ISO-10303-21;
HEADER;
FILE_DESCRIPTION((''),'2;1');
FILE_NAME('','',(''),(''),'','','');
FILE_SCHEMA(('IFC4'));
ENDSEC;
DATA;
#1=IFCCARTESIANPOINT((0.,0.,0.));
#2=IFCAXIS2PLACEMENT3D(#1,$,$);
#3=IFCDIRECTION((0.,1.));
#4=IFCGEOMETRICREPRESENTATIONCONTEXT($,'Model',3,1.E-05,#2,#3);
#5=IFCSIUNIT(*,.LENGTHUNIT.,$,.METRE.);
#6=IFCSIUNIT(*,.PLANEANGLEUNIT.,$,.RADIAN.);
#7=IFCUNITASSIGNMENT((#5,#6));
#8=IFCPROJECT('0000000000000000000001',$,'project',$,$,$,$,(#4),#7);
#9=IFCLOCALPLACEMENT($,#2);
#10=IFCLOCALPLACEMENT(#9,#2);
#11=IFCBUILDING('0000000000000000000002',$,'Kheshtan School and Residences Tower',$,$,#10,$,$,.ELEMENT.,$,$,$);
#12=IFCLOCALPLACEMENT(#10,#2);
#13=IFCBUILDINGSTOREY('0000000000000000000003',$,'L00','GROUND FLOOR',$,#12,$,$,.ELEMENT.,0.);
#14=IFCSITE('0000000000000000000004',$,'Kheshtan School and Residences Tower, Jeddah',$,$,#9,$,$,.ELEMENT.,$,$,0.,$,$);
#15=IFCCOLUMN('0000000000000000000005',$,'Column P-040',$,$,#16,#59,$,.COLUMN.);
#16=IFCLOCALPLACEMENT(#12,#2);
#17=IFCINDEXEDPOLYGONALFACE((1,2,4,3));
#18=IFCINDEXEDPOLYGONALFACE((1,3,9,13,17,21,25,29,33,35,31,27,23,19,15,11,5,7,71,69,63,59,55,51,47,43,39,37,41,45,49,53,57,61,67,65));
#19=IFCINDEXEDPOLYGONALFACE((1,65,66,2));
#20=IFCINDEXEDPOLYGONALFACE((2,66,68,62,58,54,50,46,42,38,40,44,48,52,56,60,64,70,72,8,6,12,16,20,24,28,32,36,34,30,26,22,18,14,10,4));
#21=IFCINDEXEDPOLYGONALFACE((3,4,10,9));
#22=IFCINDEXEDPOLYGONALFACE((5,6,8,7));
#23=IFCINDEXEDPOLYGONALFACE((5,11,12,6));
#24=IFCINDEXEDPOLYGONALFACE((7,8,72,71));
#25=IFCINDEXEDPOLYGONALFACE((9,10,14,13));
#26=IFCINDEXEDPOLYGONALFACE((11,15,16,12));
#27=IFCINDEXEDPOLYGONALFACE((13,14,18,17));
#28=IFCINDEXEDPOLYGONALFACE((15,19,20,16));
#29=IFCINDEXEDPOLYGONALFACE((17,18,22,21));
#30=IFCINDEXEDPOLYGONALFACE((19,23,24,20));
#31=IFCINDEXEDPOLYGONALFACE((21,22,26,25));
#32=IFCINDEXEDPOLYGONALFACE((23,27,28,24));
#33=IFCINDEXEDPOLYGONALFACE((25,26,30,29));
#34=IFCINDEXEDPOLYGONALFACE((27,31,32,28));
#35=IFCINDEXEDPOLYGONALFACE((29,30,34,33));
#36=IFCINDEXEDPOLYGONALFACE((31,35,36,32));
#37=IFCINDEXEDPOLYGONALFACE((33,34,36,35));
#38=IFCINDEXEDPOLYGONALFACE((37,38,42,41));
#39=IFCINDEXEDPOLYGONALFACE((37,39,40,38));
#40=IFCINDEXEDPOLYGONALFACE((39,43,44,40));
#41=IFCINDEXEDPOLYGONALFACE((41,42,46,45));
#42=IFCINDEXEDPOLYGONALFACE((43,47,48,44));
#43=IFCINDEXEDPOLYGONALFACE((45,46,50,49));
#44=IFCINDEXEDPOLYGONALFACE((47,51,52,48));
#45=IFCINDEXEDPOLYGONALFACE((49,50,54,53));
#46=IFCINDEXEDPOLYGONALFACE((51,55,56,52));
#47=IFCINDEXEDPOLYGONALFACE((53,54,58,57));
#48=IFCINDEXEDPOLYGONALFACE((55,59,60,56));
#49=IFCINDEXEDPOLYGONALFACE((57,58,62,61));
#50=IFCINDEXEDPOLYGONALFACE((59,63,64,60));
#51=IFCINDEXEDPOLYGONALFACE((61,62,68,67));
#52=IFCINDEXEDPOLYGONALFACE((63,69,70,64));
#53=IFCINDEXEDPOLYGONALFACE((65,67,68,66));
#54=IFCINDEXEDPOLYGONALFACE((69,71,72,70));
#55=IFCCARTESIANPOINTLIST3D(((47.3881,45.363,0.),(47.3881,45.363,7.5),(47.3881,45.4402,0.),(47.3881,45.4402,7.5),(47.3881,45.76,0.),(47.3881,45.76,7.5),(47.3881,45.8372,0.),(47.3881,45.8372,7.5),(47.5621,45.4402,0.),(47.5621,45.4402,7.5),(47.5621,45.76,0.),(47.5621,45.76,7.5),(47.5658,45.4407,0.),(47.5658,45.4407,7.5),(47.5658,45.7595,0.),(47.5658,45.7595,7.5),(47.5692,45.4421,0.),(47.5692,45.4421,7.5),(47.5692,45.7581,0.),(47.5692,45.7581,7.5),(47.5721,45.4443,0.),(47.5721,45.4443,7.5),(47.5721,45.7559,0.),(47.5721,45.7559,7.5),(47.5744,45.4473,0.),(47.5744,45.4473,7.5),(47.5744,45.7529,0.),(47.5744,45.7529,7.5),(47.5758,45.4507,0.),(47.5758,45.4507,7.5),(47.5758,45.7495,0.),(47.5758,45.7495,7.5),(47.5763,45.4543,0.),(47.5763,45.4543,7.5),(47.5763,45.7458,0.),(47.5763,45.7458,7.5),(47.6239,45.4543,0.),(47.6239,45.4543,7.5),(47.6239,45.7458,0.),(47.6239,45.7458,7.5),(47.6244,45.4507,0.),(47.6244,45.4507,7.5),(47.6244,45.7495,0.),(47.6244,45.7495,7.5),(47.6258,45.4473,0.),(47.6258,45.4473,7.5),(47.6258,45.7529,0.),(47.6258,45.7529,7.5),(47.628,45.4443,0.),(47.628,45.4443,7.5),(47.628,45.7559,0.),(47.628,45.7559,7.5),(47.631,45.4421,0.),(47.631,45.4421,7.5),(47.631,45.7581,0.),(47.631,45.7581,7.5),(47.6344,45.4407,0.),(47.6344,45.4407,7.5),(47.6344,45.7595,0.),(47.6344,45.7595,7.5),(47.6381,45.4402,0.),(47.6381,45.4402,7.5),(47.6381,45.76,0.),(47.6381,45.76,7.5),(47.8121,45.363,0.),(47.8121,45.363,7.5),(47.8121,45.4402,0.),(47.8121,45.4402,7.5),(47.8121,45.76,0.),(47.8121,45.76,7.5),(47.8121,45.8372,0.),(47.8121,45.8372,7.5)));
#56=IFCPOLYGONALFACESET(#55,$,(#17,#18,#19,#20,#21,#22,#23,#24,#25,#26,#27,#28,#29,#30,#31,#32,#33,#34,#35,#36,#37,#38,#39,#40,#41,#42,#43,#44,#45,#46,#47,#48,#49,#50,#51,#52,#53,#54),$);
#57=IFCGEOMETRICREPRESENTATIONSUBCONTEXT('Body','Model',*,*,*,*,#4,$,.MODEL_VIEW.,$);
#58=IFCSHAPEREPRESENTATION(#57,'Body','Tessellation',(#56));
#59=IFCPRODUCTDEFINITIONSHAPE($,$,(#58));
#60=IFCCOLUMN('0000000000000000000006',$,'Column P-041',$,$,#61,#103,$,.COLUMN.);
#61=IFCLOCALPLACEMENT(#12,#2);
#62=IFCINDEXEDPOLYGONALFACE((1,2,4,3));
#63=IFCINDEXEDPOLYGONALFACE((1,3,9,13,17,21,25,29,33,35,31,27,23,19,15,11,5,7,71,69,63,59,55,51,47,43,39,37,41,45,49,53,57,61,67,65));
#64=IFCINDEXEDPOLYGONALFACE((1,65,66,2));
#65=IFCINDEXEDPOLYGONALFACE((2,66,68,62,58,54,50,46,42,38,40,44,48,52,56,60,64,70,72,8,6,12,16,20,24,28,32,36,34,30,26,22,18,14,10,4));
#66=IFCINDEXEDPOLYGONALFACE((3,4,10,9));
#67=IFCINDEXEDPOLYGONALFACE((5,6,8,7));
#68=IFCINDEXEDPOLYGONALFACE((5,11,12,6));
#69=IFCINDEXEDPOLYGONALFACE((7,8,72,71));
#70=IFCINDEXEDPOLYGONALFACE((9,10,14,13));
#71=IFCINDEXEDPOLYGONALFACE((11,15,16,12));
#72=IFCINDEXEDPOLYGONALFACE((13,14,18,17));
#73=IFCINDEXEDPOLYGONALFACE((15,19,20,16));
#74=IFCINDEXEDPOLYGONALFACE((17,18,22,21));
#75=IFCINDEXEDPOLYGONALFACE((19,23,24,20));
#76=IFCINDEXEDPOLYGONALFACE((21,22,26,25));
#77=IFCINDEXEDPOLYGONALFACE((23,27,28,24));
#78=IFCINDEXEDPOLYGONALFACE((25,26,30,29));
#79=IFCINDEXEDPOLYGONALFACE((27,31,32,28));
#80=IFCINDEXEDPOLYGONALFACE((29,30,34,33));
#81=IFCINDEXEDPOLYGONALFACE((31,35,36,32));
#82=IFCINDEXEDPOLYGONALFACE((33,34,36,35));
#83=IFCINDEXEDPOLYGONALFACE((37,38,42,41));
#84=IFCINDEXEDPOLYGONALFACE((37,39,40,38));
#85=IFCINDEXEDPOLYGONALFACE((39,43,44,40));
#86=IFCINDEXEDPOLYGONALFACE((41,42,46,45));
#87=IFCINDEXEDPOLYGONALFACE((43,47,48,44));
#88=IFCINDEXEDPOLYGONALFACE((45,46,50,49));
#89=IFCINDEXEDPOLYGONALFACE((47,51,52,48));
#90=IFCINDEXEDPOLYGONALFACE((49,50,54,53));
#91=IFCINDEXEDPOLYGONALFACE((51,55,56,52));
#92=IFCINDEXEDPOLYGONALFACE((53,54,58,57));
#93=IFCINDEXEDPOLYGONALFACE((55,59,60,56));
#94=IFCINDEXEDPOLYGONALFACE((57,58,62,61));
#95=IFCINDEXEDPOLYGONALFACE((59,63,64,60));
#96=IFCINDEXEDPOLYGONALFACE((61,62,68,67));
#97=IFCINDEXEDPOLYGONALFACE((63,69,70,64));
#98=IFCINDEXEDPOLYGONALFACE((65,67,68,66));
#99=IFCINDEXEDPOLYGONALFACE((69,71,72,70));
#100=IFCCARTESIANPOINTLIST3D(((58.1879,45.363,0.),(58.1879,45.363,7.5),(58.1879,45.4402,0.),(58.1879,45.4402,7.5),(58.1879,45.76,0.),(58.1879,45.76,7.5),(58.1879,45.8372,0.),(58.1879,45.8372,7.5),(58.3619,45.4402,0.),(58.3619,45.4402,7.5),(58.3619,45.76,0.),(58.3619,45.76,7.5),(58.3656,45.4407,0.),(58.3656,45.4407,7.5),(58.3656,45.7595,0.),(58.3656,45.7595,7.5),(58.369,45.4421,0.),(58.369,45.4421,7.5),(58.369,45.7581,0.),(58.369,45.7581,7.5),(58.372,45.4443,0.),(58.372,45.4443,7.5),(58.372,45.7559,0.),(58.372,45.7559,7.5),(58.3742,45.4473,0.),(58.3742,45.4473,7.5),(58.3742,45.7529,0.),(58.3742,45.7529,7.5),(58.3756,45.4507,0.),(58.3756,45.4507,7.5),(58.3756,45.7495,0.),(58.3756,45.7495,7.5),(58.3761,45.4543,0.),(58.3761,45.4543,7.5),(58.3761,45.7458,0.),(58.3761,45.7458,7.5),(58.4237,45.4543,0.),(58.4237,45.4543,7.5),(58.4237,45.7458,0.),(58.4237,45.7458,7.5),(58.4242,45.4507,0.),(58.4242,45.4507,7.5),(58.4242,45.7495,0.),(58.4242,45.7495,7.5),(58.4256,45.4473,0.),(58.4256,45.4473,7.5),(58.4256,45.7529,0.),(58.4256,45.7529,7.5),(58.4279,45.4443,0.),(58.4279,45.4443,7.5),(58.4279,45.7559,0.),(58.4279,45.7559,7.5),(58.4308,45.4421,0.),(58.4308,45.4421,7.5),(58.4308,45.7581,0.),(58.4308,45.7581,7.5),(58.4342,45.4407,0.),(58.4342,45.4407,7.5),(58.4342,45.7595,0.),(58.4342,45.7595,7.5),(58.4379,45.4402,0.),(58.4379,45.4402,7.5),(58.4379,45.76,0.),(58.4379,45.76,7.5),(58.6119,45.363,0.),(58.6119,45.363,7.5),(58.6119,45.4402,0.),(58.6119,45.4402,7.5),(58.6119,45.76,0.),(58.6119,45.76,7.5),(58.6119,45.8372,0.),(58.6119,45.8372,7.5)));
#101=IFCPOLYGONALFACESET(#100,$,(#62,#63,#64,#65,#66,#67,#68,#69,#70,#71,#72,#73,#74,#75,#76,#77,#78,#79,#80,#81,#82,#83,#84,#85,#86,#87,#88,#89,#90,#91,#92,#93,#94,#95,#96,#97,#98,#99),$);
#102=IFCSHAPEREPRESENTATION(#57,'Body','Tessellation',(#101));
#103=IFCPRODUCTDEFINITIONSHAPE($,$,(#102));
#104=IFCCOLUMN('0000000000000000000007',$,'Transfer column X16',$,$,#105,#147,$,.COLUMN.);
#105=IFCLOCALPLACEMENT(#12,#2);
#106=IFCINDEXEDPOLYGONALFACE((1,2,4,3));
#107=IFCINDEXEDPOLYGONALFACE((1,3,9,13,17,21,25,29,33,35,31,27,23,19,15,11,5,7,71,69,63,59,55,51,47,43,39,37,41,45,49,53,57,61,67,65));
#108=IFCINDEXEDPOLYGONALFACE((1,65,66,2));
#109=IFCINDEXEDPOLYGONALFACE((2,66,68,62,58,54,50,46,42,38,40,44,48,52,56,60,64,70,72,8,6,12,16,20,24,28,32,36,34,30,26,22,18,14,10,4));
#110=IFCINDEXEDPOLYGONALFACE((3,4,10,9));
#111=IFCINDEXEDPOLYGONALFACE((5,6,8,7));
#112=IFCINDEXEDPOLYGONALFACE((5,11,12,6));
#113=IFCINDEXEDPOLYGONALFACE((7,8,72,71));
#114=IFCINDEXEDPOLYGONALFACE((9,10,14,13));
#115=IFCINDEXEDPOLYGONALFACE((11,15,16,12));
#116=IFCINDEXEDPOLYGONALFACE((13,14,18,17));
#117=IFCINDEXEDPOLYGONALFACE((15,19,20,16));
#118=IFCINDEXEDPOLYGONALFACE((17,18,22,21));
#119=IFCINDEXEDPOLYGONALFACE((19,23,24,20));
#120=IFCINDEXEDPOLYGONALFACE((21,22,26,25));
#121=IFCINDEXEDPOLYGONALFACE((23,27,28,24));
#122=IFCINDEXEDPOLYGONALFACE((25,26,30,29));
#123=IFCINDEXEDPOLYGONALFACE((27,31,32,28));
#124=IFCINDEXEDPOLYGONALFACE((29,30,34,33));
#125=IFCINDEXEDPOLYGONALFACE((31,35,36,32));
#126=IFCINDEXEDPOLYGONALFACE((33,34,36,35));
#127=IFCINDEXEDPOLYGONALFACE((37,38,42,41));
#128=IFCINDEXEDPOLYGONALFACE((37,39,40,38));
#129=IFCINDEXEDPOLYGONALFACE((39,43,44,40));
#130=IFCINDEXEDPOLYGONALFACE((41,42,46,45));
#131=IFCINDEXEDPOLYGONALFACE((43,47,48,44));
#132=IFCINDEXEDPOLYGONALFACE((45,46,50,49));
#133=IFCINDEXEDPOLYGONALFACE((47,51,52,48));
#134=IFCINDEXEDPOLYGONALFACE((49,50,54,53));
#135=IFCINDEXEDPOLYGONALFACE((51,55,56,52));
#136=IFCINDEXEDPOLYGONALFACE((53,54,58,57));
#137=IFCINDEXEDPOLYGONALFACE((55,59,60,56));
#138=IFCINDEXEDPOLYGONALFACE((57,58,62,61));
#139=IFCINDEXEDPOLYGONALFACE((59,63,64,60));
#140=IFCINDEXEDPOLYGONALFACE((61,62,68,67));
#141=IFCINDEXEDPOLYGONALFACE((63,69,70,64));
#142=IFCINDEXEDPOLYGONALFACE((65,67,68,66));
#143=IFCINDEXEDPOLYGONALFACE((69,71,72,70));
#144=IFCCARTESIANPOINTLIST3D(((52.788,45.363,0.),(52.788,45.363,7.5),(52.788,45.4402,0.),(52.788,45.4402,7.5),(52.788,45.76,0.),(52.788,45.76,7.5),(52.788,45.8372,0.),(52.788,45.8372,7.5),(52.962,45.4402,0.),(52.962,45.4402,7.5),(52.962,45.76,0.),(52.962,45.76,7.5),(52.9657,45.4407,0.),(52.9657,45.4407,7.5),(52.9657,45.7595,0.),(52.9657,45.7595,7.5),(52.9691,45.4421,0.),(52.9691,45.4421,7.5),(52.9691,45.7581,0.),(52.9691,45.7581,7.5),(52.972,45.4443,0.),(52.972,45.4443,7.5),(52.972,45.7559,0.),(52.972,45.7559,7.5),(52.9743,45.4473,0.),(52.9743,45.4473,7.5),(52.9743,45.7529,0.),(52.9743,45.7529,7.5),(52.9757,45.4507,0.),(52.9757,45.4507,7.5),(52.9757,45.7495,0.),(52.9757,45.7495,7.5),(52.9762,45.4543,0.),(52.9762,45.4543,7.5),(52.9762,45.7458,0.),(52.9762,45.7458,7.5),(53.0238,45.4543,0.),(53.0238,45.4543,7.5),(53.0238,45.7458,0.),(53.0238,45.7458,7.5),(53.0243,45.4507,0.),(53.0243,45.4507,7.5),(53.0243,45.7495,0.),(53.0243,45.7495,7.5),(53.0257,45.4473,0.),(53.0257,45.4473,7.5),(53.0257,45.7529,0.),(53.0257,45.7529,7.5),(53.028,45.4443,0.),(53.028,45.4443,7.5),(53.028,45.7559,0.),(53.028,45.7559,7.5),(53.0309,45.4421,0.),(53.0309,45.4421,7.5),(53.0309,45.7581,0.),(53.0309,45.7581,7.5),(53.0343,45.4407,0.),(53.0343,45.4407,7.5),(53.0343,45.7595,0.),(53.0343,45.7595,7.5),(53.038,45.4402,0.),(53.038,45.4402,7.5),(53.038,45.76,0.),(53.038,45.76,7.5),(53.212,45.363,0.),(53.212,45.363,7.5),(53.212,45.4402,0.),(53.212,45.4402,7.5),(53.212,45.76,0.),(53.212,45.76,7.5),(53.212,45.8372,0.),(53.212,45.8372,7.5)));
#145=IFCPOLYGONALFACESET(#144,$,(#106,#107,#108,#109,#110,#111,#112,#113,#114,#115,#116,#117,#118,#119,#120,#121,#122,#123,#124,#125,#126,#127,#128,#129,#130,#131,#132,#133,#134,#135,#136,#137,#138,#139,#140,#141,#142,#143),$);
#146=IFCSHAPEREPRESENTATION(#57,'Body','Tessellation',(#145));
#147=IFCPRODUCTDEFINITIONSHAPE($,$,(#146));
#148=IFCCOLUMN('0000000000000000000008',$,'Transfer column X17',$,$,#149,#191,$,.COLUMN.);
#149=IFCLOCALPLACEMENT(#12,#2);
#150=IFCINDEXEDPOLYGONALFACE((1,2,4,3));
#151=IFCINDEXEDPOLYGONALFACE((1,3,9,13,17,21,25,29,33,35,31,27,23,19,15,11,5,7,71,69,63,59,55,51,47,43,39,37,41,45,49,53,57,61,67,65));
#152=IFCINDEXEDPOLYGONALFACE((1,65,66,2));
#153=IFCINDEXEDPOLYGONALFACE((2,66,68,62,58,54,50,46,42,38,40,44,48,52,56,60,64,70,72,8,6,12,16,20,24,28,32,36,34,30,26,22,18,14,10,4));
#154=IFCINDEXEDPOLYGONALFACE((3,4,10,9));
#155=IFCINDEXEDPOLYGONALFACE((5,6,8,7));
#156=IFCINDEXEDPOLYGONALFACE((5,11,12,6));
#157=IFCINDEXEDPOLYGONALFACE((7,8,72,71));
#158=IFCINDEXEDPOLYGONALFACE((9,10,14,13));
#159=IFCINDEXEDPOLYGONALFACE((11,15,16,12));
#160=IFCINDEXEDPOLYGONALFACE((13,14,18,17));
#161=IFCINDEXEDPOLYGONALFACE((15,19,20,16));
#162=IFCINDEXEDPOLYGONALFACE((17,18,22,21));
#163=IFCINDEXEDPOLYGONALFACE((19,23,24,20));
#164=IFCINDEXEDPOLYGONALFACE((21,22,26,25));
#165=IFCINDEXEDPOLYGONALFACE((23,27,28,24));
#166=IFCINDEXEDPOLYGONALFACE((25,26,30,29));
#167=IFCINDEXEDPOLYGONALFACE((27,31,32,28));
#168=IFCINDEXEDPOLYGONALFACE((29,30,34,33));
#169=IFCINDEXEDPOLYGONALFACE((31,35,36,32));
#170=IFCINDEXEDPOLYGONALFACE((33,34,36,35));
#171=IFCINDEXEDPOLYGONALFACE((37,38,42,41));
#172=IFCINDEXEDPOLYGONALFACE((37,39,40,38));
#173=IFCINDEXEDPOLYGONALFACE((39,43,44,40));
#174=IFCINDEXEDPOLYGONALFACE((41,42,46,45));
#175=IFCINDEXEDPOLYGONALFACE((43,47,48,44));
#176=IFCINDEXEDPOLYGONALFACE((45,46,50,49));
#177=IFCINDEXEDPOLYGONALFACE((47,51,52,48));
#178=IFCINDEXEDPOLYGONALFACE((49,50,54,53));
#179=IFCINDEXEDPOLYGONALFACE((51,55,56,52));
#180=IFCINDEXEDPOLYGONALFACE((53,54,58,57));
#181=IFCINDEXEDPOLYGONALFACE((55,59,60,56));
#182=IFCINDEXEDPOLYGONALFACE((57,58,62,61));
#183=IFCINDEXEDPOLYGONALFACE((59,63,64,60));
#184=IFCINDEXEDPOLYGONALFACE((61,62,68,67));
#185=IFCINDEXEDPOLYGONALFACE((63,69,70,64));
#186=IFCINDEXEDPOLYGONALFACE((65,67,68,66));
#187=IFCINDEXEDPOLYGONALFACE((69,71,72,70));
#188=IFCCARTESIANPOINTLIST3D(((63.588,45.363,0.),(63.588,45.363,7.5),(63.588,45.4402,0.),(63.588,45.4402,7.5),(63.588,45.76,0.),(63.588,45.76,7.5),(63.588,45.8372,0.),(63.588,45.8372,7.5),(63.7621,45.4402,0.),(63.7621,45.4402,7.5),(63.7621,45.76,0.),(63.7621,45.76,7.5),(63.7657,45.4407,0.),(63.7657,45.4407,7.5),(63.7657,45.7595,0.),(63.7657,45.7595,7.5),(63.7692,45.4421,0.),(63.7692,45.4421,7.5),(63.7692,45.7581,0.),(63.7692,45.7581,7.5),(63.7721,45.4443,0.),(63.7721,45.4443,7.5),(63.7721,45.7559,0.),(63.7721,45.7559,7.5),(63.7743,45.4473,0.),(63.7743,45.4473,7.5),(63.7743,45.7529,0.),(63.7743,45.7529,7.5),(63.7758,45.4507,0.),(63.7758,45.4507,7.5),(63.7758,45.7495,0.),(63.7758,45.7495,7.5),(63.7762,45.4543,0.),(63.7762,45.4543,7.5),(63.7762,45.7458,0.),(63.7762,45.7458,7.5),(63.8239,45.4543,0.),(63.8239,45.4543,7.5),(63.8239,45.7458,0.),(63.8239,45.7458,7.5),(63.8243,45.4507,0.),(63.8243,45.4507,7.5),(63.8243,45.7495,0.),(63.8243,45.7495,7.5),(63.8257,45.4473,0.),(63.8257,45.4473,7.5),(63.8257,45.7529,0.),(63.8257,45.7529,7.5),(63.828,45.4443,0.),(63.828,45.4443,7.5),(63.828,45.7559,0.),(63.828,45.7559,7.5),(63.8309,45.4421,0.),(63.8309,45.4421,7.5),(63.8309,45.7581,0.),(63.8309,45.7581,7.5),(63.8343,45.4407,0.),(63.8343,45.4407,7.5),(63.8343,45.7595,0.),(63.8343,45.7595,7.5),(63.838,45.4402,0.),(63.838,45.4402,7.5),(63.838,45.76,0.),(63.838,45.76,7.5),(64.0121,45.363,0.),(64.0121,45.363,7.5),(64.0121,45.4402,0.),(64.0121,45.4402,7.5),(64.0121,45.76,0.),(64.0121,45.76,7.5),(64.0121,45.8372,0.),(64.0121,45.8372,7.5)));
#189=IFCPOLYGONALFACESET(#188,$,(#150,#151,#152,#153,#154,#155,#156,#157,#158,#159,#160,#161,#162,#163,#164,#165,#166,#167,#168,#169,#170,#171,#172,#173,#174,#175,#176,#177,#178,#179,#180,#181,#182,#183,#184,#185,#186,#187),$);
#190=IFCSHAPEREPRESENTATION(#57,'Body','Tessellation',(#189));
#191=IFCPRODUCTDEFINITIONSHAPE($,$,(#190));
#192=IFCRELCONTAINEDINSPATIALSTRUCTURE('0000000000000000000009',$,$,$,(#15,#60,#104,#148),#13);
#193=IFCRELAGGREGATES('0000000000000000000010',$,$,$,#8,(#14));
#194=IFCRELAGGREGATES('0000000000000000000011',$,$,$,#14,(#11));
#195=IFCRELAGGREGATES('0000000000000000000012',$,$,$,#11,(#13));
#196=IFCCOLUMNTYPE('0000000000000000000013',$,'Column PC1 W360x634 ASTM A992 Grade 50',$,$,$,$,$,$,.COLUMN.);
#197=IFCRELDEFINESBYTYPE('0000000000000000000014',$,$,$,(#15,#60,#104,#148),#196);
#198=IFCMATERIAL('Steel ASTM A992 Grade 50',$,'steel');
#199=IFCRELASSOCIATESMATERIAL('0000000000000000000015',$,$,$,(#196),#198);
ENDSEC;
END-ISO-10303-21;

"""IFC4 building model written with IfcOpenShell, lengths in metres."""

from ifc_helpers import new_model, si_unit, direction, frame, origin, origin_2d, place, context, subcontext, project, spatial, i_section, extrude, material, material_profile, profile_set, type_object, element, save


model = new_model("IFC4")

# Units and contexts
model_context = context("Model", 3, precision=1e-05, world=origin(), true_north=direction((0.0, 1.0)))
body_context = subcontext(model_context, "Body", "Model", "MODEL_VIEW")
ifc_project = project(units=[si_unit("LENGTHUNIT", "METRE"), si_unit("PLANEANGLEUNIT", "RADIAN")], contexts=[model_context])

# Site, building, storey
site_placement = place(None, origin())
site = spatial("IfcSite", under=ifc_project, at=site_placement, Name="Kheshtan School and Residences Tower, Jeddah", CompositionType="ELEMENT", RefElevation=0.0)
building_placement = place(site_placement, origin())
building = spatial("IfcBuilding", under=site, at=building_placement, Name="Kheshtan School and Residences Tower", CompositionType="ELEMENT")
storey_placement = place(building_placement, origin())
storey = spatial("IfcBuildingStorey", under=building, at=storey_placement, Name="L00", Description="GROUND FLOOR", CompositionType="ELEMENT", Elevation=0.0)

# Columns
ifc_material_1 = material(Name="Steel ASTM A992 Grade 50", Category="steel")
ifc_material_profile = material_profile(ifc_material_1, i_section(OverallWidth=0.4241, OverallDepth=0.4741, WebThickness=0.0476, FlangeThickness=0.0771, FilletRadius=0.0142, at=origin_2d()), Name="W360x634")
ifc_profile_set = profile_set([ifc_material_profile], Name="Steel ASTM A992 Grade 50")
column_type = type_object("IfcColumnType", Name="Column PC1 W360x634 ASTM A992 Grade 50", PredefinedType="COLUMN", material=ifc_profile_set)
for number, where, z_axis, x_axis, name in (
    (1, (47.6001, 45.6001, 0.0), (0.0, 0.0, 1.0), (1.0, 0.0, 0.0), "Column P-040"),
    (2, (58.3999, 45.6001, 0.0), (0.0, 0.0, 1.0), (1.0, 0.0, 0.0), "Column P-041"),
    (3, (53.0, 45.6001, 0.0), (0.0, 0.0, 1.0), (1.0, 0.0, 0.0), "Transfer column X16"),
    (4, (63.8, 45.6001, 0.0), (0.0, 0.0, 1.0), (1.0, 0.0, 0.0), "Transfer column X17"),
):
    element("IfcColumn", number, at=place(storey_placement, frame(where, z_axis=z_axis, x_axis=x_axis)), inside=storey, type_object=column_type, Name=name, PredefinedType="COLUMN", context=body_context, shape_type="SweptSolid", body=[
        extrude(i_section(OverallWidth=0.4241, OverallDepth=0.4741, WebThickness=0.0476, FlangeThickness=0.0771, FilletRadius=0.0142, at=origin_2d()), origin(), (0.0, 0.0, 1.0), 7.5),
    ])

save(model, "model.ifc")
